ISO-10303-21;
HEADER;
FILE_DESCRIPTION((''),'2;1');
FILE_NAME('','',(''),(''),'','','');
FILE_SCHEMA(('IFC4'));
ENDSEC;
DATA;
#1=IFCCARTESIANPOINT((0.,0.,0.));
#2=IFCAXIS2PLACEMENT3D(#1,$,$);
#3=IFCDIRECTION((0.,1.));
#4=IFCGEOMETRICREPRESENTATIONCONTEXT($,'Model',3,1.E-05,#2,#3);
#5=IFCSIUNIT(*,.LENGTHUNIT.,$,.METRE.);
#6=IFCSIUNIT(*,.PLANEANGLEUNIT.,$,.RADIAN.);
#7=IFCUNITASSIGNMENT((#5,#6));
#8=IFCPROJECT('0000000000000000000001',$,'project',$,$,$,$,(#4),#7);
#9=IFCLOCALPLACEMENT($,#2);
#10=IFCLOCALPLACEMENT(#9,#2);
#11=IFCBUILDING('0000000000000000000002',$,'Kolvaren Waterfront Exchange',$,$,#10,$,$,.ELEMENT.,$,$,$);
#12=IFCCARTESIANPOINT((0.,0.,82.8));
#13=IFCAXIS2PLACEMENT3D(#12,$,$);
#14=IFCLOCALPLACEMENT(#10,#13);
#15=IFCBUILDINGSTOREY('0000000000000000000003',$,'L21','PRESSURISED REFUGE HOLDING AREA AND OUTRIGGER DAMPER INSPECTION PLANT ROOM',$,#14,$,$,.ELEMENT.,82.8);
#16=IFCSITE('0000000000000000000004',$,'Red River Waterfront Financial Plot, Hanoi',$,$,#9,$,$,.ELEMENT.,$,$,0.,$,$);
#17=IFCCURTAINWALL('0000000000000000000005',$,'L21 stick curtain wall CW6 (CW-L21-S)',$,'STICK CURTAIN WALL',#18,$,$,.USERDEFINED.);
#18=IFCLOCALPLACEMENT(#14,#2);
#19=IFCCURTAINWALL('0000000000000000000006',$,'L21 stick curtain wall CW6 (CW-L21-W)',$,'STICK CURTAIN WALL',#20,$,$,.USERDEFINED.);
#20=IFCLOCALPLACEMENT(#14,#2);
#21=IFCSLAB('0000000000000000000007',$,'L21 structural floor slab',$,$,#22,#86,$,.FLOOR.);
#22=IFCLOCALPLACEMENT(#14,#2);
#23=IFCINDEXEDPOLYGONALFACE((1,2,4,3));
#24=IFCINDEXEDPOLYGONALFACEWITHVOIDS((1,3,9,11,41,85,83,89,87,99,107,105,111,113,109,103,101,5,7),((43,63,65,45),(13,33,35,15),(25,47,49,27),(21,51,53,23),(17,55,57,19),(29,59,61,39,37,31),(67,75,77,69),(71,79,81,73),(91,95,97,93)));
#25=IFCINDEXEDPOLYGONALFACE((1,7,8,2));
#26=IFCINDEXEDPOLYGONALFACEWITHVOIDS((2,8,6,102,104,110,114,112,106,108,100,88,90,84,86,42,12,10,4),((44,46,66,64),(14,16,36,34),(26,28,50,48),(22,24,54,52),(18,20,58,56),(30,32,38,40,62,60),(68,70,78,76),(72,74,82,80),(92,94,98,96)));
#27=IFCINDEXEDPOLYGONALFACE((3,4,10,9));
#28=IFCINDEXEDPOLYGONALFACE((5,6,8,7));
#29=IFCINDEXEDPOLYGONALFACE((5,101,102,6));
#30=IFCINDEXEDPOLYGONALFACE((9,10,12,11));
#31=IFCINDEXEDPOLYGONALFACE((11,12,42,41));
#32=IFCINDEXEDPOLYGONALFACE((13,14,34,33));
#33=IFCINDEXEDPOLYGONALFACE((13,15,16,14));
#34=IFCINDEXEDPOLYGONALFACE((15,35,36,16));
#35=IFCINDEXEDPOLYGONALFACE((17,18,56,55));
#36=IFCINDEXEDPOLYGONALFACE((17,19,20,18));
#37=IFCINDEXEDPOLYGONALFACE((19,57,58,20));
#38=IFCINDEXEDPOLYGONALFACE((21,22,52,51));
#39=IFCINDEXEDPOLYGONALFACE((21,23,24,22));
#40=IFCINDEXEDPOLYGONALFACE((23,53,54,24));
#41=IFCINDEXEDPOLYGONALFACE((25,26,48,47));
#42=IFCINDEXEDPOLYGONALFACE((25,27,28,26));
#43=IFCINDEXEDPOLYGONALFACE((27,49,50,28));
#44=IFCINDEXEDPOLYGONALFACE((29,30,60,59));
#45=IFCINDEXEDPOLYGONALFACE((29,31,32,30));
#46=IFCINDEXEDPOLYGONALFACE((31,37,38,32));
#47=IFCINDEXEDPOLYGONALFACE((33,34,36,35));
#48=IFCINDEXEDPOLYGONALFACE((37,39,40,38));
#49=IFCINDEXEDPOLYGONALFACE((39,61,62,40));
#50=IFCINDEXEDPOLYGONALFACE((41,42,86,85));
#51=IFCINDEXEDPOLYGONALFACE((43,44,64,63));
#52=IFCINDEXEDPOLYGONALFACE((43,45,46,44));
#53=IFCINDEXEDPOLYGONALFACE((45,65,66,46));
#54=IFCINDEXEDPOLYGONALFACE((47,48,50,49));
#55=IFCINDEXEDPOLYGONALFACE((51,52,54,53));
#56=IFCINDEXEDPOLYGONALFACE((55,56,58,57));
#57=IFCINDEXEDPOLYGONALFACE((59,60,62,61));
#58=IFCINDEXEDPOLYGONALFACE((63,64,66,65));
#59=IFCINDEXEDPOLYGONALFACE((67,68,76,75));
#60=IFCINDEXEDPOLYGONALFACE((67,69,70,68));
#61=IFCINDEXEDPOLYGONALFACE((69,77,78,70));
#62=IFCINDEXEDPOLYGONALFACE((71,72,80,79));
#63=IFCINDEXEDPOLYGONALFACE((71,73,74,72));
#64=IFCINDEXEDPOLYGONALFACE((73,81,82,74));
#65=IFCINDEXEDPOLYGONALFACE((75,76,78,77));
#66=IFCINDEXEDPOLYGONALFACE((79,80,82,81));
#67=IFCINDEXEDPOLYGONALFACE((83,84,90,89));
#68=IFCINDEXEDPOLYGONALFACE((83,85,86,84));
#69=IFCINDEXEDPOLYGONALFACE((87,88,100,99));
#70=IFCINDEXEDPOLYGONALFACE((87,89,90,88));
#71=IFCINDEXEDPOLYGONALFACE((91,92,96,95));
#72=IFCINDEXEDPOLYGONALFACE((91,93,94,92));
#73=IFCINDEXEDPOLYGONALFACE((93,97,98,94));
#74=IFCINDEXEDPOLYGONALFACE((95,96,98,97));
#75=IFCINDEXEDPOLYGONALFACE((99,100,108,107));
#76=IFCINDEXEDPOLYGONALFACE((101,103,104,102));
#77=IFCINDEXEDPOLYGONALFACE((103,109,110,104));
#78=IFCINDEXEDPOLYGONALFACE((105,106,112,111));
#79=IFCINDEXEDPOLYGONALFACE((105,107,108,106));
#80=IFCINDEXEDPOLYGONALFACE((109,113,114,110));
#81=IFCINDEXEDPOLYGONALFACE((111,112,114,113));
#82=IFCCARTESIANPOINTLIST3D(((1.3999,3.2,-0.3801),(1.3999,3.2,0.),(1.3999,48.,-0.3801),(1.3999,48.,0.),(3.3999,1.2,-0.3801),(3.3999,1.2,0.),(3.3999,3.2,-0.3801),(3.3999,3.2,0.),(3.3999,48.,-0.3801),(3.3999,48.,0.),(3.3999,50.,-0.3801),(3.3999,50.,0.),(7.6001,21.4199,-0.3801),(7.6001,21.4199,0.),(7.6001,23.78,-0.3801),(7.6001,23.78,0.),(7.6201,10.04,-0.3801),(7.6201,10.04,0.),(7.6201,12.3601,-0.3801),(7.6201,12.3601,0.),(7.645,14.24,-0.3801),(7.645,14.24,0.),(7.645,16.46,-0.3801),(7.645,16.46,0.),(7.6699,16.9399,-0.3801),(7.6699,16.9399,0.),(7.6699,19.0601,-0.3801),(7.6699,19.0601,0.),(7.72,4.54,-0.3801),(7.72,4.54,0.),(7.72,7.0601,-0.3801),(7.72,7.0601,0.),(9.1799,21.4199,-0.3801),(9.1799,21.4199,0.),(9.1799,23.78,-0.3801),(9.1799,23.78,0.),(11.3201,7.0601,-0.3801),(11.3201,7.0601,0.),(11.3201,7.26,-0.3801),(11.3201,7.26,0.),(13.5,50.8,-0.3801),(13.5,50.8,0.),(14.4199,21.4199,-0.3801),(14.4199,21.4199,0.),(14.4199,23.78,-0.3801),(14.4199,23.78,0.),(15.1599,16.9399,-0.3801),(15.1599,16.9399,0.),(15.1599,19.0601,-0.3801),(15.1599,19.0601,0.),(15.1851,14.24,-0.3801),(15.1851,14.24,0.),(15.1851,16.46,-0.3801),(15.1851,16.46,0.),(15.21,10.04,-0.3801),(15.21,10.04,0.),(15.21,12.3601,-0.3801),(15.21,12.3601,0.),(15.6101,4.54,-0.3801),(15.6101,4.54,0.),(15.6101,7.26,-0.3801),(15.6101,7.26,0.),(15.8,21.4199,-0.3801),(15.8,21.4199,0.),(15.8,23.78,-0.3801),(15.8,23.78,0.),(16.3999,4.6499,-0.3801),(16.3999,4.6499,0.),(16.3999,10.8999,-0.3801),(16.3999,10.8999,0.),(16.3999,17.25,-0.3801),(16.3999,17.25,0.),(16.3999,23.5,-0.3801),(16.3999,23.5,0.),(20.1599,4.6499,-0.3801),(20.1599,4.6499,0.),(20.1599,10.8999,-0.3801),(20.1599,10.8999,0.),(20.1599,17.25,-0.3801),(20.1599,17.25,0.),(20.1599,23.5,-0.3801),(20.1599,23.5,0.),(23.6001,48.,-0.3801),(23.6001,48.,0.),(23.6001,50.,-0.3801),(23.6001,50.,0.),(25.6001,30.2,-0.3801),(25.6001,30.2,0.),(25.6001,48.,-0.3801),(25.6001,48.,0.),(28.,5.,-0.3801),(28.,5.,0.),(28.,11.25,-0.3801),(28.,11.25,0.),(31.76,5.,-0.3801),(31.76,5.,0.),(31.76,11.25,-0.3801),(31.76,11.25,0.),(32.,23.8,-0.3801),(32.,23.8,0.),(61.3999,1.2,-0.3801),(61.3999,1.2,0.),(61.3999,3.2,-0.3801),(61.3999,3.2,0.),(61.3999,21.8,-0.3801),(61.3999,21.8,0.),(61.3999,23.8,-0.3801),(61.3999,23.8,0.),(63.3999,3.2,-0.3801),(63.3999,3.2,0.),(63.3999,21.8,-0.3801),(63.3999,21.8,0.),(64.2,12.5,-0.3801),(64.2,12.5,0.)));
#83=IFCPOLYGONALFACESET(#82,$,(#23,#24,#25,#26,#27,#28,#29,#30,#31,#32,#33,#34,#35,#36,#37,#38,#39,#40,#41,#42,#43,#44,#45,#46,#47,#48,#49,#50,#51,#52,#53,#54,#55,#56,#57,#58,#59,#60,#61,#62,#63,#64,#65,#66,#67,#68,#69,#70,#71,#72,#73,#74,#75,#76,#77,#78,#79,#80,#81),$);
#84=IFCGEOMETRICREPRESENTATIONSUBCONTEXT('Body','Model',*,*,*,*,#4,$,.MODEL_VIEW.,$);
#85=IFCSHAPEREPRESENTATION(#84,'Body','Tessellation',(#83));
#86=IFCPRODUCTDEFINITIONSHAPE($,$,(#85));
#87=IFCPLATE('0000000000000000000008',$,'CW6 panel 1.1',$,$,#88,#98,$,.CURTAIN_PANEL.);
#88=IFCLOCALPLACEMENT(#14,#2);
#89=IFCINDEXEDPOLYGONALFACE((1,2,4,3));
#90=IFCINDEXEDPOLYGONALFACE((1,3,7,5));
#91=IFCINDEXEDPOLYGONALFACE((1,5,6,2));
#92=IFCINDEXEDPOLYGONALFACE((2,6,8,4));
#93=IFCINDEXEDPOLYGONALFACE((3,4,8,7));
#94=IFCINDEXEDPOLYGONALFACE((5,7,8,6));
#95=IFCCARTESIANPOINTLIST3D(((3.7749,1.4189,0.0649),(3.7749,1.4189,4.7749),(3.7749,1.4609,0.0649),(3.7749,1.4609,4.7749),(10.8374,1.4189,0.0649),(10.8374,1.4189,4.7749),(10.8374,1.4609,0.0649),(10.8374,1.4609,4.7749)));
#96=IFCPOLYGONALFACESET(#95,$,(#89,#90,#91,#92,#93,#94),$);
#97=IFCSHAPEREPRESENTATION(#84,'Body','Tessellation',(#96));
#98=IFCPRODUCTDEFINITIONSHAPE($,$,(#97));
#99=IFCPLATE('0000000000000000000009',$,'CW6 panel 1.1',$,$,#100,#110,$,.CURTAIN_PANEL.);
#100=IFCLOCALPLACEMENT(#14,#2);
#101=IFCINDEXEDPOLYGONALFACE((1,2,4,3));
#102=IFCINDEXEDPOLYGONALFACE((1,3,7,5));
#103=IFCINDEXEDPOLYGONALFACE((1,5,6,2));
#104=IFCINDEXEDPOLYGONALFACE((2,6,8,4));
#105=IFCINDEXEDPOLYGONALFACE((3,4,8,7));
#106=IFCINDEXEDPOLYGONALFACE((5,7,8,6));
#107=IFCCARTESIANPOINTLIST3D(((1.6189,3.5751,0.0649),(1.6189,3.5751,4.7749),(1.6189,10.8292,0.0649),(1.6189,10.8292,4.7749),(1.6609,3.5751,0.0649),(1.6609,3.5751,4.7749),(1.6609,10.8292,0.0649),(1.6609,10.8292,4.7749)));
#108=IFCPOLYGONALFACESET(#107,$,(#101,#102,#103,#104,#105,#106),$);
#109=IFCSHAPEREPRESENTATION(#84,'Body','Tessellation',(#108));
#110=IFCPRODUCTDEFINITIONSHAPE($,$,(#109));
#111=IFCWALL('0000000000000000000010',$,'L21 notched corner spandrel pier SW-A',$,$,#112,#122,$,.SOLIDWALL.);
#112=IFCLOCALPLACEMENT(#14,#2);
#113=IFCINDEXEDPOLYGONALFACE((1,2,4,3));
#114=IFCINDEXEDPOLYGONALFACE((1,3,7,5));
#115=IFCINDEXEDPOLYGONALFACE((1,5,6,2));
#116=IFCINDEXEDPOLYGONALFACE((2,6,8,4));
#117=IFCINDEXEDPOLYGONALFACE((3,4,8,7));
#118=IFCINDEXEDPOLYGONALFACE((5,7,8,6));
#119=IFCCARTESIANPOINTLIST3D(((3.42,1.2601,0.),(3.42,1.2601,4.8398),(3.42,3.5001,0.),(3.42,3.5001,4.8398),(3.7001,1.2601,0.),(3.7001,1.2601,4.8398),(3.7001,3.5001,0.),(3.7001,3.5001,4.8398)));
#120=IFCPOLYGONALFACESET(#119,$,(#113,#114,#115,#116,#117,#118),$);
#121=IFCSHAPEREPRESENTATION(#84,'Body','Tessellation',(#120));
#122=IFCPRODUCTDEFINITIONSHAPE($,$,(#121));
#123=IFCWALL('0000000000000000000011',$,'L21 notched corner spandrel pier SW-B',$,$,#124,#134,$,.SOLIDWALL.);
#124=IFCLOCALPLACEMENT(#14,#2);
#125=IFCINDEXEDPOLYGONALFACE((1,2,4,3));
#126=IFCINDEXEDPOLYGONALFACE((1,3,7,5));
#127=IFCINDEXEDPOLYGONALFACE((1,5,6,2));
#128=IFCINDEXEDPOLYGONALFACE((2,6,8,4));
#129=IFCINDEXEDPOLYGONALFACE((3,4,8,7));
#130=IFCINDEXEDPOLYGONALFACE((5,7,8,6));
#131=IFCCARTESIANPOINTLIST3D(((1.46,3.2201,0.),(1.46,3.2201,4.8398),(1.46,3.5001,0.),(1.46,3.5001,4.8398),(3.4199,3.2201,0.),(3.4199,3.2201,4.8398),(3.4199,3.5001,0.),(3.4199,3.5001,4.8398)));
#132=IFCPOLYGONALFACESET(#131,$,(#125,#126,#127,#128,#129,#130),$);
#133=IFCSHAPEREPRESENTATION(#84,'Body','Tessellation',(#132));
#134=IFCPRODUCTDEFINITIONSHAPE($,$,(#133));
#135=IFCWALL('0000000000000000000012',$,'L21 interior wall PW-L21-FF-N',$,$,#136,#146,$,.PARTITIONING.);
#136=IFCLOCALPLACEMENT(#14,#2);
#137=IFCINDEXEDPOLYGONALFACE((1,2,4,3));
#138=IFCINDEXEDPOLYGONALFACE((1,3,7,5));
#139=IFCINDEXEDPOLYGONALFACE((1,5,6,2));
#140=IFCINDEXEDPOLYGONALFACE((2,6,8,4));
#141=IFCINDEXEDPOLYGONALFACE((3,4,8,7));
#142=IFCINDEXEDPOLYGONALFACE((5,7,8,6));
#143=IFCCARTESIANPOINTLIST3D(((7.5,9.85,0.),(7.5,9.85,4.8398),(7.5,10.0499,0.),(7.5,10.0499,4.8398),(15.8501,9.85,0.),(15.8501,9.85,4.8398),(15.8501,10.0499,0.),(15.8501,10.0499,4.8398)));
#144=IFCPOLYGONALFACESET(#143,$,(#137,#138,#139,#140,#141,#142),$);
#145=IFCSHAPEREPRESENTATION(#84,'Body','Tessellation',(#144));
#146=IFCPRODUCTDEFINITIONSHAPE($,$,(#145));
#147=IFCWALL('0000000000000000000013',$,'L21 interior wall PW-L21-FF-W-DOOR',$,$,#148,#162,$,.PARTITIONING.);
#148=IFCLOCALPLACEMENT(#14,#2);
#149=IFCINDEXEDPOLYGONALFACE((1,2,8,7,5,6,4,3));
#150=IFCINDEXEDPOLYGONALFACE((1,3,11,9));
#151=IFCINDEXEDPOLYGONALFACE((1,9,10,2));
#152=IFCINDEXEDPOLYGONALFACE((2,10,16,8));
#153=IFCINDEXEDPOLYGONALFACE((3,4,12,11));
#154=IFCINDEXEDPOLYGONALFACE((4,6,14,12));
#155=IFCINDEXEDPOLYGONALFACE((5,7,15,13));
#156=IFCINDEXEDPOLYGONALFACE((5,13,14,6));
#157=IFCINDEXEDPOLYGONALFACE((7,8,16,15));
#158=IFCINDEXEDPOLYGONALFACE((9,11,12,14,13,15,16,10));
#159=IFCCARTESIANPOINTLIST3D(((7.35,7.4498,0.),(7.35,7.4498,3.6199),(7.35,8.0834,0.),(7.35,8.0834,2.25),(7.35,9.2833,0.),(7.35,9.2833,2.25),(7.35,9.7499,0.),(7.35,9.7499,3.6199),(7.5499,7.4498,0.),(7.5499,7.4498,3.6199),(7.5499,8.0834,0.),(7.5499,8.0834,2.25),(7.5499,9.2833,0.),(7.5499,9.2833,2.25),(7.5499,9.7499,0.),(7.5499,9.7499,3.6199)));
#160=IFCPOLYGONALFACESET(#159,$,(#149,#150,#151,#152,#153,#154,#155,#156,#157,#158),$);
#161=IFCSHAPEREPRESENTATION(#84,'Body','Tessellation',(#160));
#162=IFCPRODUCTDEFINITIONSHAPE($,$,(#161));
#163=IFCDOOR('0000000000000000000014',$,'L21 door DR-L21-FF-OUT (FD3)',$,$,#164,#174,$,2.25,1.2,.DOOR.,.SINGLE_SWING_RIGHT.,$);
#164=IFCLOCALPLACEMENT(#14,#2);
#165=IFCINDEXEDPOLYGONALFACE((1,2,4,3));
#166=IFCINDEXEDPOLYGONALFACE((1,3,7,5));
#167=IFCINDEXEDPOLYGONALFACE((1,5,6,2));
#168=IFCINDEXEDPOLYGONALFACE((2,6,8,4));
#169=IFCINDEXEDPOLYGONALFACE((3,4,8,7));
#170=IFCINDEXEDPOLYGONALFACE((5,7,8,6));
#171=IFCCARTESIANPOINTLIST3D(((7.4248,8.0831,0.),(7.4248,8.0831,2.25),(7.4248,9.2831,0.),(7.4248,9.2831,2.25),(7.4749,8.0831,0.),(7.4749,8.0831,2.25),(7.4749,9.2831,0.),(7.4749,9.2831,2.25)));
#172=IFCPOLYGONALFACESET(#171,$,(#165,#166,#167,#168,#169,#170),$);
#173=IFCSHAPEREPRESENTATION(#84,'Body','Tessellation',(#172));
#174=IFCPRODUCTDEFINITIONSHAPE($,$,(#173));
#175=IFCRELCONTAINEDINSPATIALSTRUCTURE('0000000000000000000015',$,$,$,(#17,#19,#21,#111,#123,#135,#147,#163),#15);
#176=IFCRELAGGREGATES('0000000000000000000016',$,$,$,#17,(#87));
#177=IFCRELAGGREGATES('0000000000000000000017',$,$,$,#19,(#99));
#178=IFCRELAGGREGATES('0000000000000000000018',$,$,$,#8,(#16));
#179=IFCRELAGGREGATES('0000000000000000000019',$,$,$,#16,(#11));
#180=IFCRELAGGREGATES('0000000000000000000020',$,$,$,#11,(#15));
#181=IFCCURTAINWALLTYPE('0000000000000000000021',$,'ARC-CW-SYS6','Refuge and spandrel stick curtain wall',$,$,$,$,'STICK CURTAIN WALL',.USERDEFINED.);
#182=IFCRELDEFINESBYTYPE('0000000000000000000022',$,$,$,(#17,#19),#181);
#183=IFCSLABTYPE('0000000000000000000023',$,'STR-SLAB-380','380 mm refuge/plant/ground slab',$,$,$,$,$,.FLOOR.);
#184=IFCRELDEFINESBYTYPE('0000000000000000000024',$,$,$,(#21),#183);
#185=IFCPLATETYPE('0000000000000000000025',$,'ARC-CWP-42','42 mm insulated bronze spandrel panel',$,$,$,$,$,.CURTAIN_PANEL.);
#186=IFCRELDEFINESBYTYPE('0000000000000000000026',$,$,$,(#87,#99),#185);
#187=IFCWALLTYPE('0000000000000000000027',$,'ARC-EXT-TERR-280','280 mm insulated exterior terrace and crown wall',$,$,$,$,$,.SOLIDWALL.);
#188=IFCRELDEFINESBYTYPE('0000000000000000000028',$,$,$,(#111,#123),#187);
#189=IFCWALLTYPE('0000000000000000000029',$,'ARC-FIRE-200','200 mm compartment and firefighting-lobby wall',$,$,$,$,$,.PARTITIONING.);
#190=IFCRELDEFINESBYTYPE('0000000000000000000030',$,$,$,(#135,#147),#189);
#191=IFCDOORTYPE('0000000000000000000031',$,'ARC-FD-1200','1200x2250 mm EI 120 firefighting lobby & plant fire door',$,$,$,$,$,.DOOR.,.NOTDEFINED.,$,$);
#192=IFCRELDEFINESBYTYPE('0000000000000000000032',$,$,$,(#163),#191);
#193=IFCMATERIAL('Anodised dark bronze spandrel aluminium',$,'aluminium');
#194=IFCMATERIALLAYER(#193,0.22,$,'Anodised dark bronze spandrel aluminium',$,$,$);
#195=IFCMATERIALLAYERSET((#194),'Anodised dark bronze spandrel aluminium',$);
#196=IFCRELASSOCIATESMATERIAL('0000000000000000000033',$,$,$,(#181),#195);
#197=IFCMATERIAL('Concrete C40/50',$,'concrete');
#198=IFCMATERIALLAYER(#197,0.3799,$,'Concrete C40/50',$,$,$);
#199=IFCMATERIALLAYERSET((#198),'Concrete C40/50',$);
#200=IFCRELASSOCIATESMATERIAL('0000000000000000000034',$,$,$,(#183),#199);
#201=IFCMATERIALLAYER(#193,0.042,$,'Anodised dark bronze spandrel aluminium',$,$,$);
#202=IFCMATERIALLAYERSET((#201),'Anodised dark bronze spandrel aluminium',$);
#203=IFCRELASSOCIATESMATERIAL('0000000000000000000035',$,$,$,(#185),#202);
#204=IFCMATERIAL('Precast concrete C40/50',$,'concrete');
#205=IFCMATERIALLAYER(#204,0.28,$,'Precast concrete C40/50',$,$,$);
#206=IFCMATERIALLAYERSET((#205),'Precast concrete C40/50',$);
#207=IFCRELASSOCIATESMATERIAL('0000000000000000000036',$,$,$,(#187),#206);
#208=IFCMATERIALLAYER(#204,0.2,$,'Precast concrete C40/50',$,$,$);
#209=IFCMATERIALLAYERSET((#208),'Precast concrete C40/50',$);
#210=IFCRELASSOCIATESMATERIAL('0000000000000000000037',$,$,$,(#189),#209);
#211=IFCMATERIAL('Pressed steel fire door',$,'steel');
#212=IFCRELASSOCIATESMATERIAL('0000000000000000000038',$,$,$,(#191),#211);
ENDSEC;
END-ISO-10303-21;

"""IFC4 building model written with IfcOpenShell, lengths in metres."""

from ifc_helpers import new_model, si_unit, direction, frame, frame_2d, origin, origin_with_axes, origin_2d, place, context, subcontext, project, spatial, polyline, rectangle, outline, extrude, source, transform, mapped, material, layer, layer_set, type_object, element, fill, aggregate, save


model = new_model("IFC4")

# Units and contexts
model_context = context("Model", 3, precision=1e-05, world=origin(), true_north=direction((0.0, 1.0)))
body_context = subcontext(model_context, "Body", "Model", "MODEL_VIEW")
ifc_project = project(units=[si_unit("LENGTHUNIT", "METRE"), si_unit("PLANEANGLEUNIT", "RADIAN")], contexts=[model_context])

# Site, building, storey
site_placement = place(None, origin())
site = spatial("IfcSite", under=ifc_project, at=site_placement, Name="Red River Waterfront Financial Plot, Hanoi", CompositionType="ELEMENT", RefElevation=0.0)
building_placement = place(site_placement, origin())
building = spatial("IfcBuilding", under=site, at=building_placement, Name="Kolvaren Waterfront Exchange", CompositionType="ELEMENT")
storey_placement = place(building_placement, frame((0.0, 0.0, 82.8)))
storey = spatial("IfcBuildingStorey", under=building, at=storey_placement, Name="L21", Description="PRESSURISED REFUGE HOLDING AREA AND OUTRIGGER DAMPER INSPECTION PLANT ROOM", CompositionType="ELEMENT", Elevation=82.8)

# Curtain walls
ifc_material_1 = material(Name="Anodised dark bronze spandrel aluminium", Category="aluminium")
ifc_layer_1 = layer(ifc_material_1, 0.22, Name="Anodised dark bronze spandrel aluminium")
ifc_layer_set_1 = layer_set([ifc_layer_1], Name="Anodised dark bronze spandrel aluminium")
curtain_wall_type = type_object("IfcCurtainWallType", Name="ARC-CW-SYS6", Description="Refuge and spandrel stick curtain wall", ElementType="STICK CURTAIN WALL", PredefinedType="USERDEFINED", material=ifc_layer_set_1)
curtain_wall_1_placement = place(storey_placement, origin())
curtain_wall_1 = element("IfcCurtainWall", 1, at=curtain_wall_1_placement, inside=storey, type_object=curtain_wall_type, Name="L21 stick curtain wall CW6 (CW-L21-S)", ObjectType="STICK CURTAIN WALL", PredefinedType="USERDEFINED")
curtain_wall_2_placement = place(storey_placement, origin())
curtain_wall_2 = element("IfcCurtainWall", 2, at=curtain_wall_2_placement, inside=storey, type_object=curtain_wall_type, Name="L21 stick curtain wall CW6 (CW-L21-W)", ObjectType="STICK CURTAIN WALL", PredefinedType="USERDEFINED")

# Shared definitions
ifc_material_2 = material(Name="Concrete C40/50", Category="concrete")

# Slab
ifc_layer_2 = layer(ifc_material_2, 0.3799, Name="Concrete C40/50")
ifc_layer_set_2 = layer_set([ifc_layer_2], Name="Concrete C40/50")
slab_type_1 = type_object("IfcSlabType", Name="STR-SLAB-380", Description="380 mm refuge/plant/ground slab", PredefinedType="FLOOR", material=ifc_layer_set_2)
slab_1_placement = place(storey_placement, frame((0.0, 0.0, -0.3801)))
element("IfcSlab", 3, at=slab_1_placement, inside=storey, type_object=slab_type_1, Name="L21 structural floor slab", PredefinedType="FLOOR", context=body_context, shape_type="SweptSolid", body=[
    extrude(outline(polyline([(3.3999, 1.2), (61.3999, 1.2), (61.3999, 3.2), (63.3999, 3.2), (64.2, 12.5), (63.3999, 21.8), (61.3999, 21.8), (61.3999, 23.8), (32.0, 23.8), (25.6001, 30.2), (25.6001, 48.0), (23.6001, 48.0), (23.6001, 50.0), (13.5, 50.8), (3.3999, 50.0), (3.3999, 48.0), (1.3999, 48.0), (1.3999, 3.2), (3.3999, 3.2), (3.3999, 1.2)]), holes=[polyline([(11.3201, 7.26), (15.6101, 7.26), (15.6101, 4.54), (7.72, 4.54), (7.72, 7.0601), (11.3201, 7.0601), (11.3201, 7.26)]), polyline([(20.1599, 4.6499), (16.3999, 4.6499), (16.3999, 10.8999), (20.1599, 10.8999), (20.1599, 4.6499)]), polyline([(31.76, 5.0), (28.0, 5.0), (28.0, 11.25), (31.76, 11.25), (31.76, 5.0)]), polyline([(15.21, 10.04), (7.6201, 10.04), (7.6201, 12.3601), (15.21, 12.3601), (15.21, 10.04)]), polyline([(7.645, 16.46), (15.1851, 16.46), (15.1851, 14.24), (7.645, 14.24), (7.645, 16.46)]), polyline([(15.1599, 16.9399), (7.6699, 16.9399), (7.6699, 19.0601), (15.1599, 19.0601), (15.1599, 16.9399)]), polyline([(16.3999, 23.5), (20.1599, 23.5), (20.1599, 17.25), (16.3999, 17.25), (16.3999, 23.5)]), polyline([(7.6001, 23.78), (9.1799, 23.78), (9.1799, 21.4199), (7.6001, 21.4199), (7.6001, 23.78)]), polyline([(15.8, 23.78), (15.8, 21.4199), (14.4199, 21.4199), (14.4199, 23.78), (15.8, 23.78)])]), origin(), (0.0, 0.0, 1.0), 0.3801),
])

# Plates
ifc_layer_3 = layer(ifc_material_1, 0.042, Name="Anodised dark bronze spandrel aluminium")
ifc_layer_set_3 = layer_set([ifc_layer_3], Name="Anodised dark bronze spandrel aluminium")
plate_type = type_object("IfcPlateType", Name="ARC-CWP-42", Description="42 mm insulated bronze spandrel panel", PredefinedType="CURTAIN_PANEL", material=ifc_layer_set_3)
shared_shape_1 = source(origin_with_axes(), body_context, "Body", "SweptSolid", [
    extrude(rectangle(XDim=7.0625, YDim=0.042, at=origin_2d()), origin(), (0.0, 0.0, 1.0), 4.71),
])
plate_1_placement = place(storey_placement, frame((7.3062, 1.4399, 0.0649), z_axis=(0.0, 0.0, 1.0), x_axis=(1.0, 0.0, 0.0)))
plate_1 = element("IfcPlate", 4, at=plate_1_placement, type_object=plate_type, Name="CW6 panel 1.1", PredefinedType="CURTAIN_PANEL", context=body_context, shape_type="MappedRepresentation", body=[
    mapped(shared_shape_1, transform((0.0, 0.0, 0.0), x_axis=(1.0, 0.0, 0.0), y_axis=(0.0, 1.0, 0.0), z_axis=(0.0, 0.0, 1.0), scale=1.0)),
])
aggregate(curtain_wall_1, [plate_1])
shared_shape_2 = source(origin_with_axes(), body_context, "Body", "SweptSolid", [
    extrude(rectangle(XDim=7.2542, YDim=0.042, at=origin_2d()), origin(), (0.0, 0.0, 1.0), 4.71),
])
plate_2_placement = place(storey_placement, frame((1.6399, 7.2021, 0.0649), z_axis=(0.0, 0.0, 1.0), x_axis=(0.0, 1.0, 0.0)))
plate_2 = element("IfcPlate", 5, at=plate_2_placement, type_object=plate_type, Name="CW6 panel 1.1", PredefinedType="CURTAIN_PANEL", context=body_context, shape_type="MappedRepresentation", body=[
    mapped(shared_shape_2, transform((0.0, 0.0, 0.0), x_axis=(1.0, 0.0, 0.0), y_axis=(0.0, 1.0, 0.0), z_axis=(0.0, 0.0, 1.0), scale=1.0)),
])
aggregate(curtain_wall_2, [plate_2])

# Walls
ifc_material_3 = material(Name="Precast concrete C40/50", Category="concrete")
ifc_layer_4 = layer(ifc_material_3, 0.28, Name="Precast concrete C40/50")
ifc_layer_set_4 = layer_set([ifc_layer_4], Name="Precast concrete C40/50")
wall_type_1 = type_object("IfcWallType", Name="ARC-EXT-TERR-280", Description="280 mm insulated exterior terrace and crown wall", PredefinedType="SOLIDWALL", material=ifc_layer_set_4)
wall_1_placement = place(storey_placement, frame((3.5601, 1.26, 0.0), z_axis=(0.0, 0.0, 1.0), x_axis=(0.0, 1.0, 0.0)))
element("IfcWall", 6, at=wall_1_placement, inside=storey, type_object=wall_type_1, Name="L21 notched corner spandrel pier SW-A", PredefinedType="SOLIDWALL", context=body_context, shape_type="SweptSolid", body=[
    extrude(rectangle(XDim=2.24, YDim=0.28, at=frame_2d((1.1201, 0.0))), origin(), (0.0, 0.0, 1.0), 4.8398),
])
wall_2_placement = place(storey_placement, frame((1.46, 3.3601, 0.0), z_axis=(0.0, 0.0, 1.0), x_axis=(1.0, 0.0, 0.0)))
element("IfcWall", 7, at=wall_2_placement, inside=storey, type_object=wall_type_1, Name="L21 notched corner spandrel pier SW-B", PredefinedType="SOLIDWALL", context=body_context, shape_type="SweptSolid", body=[
    extrude(rectangle(XDim=1.96, YDim=0.28, at=frame_2d((0.98, 0.0))), origin(), (0.0, 0.0, 1.0), 4.8398),
])
ifc_layer_5 = layer(ifc_material_3, 0.2, Name="Precast concrete C40/50")
ifc_layer_set_5 = layer_set([ifc_layer_5], Name="Precast concrete C40/50")
wall_type_2 = type_object("IfcWallType", Name="ARC-FIRE-200", Description="200 mm compartment and firefighting-lobby wall", PredefinedType="PARTITIONING", material=ifc_layer_set_5)
wall_3_placement = place(storey_placement, frame((7.5, 9.95, 0.0), z_axis=(0.0, 0.0, 1.0), x_axis=(1.0, 0.0, 0.0)))
element("IfcWall", 8, at=wall_3_placement, inside=storey, type_object=wall_type_2, Name="L21 interior wall PW-L21-FF-N", PredefinedType="PARTITIONING", context=body_context, shape_type="SweptSolid", body=[
    extrude(rectangle(XDim=8.3501, YDim=0.2, at=frame_2d((4.175, 0.0))), origin(), (0.0, 0.0, 1.0), 4.8398),
])

# Wall, opening, door
wall_4_placement = place(storey_placement, frame((7.45, 7.45, 0.0), z_axis=(0.0, 0.0, 1.0), x_axis=(0.0, 1.0, 0.0)))
wall_4 = element("IfcWall", 9, at=wall_4_placement, inside=storey, type_object=wall_type_2, Name="L21 interior wall PW-L21-FF-W-DOOR", PredefinedType="PARTITIONING", context=body_context, shape_type="SweptSolid", body=[
    extrude(rectangle(XDim=2.3, YDim=0.2, at=frame_2d((1.1499, 0.0))), origin(), (0.0, 0.0, 1.0), 3.6199),
])
opening_1_placement = place(wall_4_placement, frame((0.6333, 0.0, 0.0)))
opening_1 = element("IfcOpeningElement", 10, at=opening_1_placement, cuts=wall_4, PredefinedType="OPENING", context=body_context, shape_type="SweptSolid", body=[
    extrude(rectangle(XDim=1.2, YDim=2.25, at=frame_2d((0.6001, 1.125))), frame((0.0, 0.1099, 0.0), z_axis=(0.0, -1.0, 0.0), x_axis=(1.0, 0.0, 0.0)), (0.0, 0.0, 1.0), 0.22),
])
ifc_material_4 = material(Name="Pressed steel fire door", Category="steel")
door_type_1 = type_object("IfcDoorType", Name="ARC-FD-1200", Description="1200x2250 mm EI 120 firefighting lobby & plant fire door", OperationType="NOTDEFINED", PredefinedType="DOOR", material=ifc_material_4)
door_1_placement = place(opening_1_placement, frame((1.2, 0.0, 0.0), z_axis=(0.0, 0.0, 1.0), x_axis=(-1.0, 0.0, 0.0)))
door_1 = element("IfcDoor", 11, at=door_1_placement, inside=storey, type_object=door_type_1, Name="L21 door DR-L21-FF-OUT (FD3)", OperationType="SINGLE_SWING_RIGHT", OverallHeight=2.25, OverallWidth=1.2, PredefinedType="DOOR", context=body_context, shape_type="SweptSolid", body=[
    extrude(rectangle(XDim=1.2, YDim=2.25, at=frame_2d((0.6001, 1.125))), frame((0.0, 0.0249, 0.0), z_axis=(0.0, -1.0, 0.0), x_axis=(1.0, 0.0, 0.0)), (0.0, 0.0, 1.0), 0.05),
])
fill(opening_1, door_1)

save(model, "model.ifc")
